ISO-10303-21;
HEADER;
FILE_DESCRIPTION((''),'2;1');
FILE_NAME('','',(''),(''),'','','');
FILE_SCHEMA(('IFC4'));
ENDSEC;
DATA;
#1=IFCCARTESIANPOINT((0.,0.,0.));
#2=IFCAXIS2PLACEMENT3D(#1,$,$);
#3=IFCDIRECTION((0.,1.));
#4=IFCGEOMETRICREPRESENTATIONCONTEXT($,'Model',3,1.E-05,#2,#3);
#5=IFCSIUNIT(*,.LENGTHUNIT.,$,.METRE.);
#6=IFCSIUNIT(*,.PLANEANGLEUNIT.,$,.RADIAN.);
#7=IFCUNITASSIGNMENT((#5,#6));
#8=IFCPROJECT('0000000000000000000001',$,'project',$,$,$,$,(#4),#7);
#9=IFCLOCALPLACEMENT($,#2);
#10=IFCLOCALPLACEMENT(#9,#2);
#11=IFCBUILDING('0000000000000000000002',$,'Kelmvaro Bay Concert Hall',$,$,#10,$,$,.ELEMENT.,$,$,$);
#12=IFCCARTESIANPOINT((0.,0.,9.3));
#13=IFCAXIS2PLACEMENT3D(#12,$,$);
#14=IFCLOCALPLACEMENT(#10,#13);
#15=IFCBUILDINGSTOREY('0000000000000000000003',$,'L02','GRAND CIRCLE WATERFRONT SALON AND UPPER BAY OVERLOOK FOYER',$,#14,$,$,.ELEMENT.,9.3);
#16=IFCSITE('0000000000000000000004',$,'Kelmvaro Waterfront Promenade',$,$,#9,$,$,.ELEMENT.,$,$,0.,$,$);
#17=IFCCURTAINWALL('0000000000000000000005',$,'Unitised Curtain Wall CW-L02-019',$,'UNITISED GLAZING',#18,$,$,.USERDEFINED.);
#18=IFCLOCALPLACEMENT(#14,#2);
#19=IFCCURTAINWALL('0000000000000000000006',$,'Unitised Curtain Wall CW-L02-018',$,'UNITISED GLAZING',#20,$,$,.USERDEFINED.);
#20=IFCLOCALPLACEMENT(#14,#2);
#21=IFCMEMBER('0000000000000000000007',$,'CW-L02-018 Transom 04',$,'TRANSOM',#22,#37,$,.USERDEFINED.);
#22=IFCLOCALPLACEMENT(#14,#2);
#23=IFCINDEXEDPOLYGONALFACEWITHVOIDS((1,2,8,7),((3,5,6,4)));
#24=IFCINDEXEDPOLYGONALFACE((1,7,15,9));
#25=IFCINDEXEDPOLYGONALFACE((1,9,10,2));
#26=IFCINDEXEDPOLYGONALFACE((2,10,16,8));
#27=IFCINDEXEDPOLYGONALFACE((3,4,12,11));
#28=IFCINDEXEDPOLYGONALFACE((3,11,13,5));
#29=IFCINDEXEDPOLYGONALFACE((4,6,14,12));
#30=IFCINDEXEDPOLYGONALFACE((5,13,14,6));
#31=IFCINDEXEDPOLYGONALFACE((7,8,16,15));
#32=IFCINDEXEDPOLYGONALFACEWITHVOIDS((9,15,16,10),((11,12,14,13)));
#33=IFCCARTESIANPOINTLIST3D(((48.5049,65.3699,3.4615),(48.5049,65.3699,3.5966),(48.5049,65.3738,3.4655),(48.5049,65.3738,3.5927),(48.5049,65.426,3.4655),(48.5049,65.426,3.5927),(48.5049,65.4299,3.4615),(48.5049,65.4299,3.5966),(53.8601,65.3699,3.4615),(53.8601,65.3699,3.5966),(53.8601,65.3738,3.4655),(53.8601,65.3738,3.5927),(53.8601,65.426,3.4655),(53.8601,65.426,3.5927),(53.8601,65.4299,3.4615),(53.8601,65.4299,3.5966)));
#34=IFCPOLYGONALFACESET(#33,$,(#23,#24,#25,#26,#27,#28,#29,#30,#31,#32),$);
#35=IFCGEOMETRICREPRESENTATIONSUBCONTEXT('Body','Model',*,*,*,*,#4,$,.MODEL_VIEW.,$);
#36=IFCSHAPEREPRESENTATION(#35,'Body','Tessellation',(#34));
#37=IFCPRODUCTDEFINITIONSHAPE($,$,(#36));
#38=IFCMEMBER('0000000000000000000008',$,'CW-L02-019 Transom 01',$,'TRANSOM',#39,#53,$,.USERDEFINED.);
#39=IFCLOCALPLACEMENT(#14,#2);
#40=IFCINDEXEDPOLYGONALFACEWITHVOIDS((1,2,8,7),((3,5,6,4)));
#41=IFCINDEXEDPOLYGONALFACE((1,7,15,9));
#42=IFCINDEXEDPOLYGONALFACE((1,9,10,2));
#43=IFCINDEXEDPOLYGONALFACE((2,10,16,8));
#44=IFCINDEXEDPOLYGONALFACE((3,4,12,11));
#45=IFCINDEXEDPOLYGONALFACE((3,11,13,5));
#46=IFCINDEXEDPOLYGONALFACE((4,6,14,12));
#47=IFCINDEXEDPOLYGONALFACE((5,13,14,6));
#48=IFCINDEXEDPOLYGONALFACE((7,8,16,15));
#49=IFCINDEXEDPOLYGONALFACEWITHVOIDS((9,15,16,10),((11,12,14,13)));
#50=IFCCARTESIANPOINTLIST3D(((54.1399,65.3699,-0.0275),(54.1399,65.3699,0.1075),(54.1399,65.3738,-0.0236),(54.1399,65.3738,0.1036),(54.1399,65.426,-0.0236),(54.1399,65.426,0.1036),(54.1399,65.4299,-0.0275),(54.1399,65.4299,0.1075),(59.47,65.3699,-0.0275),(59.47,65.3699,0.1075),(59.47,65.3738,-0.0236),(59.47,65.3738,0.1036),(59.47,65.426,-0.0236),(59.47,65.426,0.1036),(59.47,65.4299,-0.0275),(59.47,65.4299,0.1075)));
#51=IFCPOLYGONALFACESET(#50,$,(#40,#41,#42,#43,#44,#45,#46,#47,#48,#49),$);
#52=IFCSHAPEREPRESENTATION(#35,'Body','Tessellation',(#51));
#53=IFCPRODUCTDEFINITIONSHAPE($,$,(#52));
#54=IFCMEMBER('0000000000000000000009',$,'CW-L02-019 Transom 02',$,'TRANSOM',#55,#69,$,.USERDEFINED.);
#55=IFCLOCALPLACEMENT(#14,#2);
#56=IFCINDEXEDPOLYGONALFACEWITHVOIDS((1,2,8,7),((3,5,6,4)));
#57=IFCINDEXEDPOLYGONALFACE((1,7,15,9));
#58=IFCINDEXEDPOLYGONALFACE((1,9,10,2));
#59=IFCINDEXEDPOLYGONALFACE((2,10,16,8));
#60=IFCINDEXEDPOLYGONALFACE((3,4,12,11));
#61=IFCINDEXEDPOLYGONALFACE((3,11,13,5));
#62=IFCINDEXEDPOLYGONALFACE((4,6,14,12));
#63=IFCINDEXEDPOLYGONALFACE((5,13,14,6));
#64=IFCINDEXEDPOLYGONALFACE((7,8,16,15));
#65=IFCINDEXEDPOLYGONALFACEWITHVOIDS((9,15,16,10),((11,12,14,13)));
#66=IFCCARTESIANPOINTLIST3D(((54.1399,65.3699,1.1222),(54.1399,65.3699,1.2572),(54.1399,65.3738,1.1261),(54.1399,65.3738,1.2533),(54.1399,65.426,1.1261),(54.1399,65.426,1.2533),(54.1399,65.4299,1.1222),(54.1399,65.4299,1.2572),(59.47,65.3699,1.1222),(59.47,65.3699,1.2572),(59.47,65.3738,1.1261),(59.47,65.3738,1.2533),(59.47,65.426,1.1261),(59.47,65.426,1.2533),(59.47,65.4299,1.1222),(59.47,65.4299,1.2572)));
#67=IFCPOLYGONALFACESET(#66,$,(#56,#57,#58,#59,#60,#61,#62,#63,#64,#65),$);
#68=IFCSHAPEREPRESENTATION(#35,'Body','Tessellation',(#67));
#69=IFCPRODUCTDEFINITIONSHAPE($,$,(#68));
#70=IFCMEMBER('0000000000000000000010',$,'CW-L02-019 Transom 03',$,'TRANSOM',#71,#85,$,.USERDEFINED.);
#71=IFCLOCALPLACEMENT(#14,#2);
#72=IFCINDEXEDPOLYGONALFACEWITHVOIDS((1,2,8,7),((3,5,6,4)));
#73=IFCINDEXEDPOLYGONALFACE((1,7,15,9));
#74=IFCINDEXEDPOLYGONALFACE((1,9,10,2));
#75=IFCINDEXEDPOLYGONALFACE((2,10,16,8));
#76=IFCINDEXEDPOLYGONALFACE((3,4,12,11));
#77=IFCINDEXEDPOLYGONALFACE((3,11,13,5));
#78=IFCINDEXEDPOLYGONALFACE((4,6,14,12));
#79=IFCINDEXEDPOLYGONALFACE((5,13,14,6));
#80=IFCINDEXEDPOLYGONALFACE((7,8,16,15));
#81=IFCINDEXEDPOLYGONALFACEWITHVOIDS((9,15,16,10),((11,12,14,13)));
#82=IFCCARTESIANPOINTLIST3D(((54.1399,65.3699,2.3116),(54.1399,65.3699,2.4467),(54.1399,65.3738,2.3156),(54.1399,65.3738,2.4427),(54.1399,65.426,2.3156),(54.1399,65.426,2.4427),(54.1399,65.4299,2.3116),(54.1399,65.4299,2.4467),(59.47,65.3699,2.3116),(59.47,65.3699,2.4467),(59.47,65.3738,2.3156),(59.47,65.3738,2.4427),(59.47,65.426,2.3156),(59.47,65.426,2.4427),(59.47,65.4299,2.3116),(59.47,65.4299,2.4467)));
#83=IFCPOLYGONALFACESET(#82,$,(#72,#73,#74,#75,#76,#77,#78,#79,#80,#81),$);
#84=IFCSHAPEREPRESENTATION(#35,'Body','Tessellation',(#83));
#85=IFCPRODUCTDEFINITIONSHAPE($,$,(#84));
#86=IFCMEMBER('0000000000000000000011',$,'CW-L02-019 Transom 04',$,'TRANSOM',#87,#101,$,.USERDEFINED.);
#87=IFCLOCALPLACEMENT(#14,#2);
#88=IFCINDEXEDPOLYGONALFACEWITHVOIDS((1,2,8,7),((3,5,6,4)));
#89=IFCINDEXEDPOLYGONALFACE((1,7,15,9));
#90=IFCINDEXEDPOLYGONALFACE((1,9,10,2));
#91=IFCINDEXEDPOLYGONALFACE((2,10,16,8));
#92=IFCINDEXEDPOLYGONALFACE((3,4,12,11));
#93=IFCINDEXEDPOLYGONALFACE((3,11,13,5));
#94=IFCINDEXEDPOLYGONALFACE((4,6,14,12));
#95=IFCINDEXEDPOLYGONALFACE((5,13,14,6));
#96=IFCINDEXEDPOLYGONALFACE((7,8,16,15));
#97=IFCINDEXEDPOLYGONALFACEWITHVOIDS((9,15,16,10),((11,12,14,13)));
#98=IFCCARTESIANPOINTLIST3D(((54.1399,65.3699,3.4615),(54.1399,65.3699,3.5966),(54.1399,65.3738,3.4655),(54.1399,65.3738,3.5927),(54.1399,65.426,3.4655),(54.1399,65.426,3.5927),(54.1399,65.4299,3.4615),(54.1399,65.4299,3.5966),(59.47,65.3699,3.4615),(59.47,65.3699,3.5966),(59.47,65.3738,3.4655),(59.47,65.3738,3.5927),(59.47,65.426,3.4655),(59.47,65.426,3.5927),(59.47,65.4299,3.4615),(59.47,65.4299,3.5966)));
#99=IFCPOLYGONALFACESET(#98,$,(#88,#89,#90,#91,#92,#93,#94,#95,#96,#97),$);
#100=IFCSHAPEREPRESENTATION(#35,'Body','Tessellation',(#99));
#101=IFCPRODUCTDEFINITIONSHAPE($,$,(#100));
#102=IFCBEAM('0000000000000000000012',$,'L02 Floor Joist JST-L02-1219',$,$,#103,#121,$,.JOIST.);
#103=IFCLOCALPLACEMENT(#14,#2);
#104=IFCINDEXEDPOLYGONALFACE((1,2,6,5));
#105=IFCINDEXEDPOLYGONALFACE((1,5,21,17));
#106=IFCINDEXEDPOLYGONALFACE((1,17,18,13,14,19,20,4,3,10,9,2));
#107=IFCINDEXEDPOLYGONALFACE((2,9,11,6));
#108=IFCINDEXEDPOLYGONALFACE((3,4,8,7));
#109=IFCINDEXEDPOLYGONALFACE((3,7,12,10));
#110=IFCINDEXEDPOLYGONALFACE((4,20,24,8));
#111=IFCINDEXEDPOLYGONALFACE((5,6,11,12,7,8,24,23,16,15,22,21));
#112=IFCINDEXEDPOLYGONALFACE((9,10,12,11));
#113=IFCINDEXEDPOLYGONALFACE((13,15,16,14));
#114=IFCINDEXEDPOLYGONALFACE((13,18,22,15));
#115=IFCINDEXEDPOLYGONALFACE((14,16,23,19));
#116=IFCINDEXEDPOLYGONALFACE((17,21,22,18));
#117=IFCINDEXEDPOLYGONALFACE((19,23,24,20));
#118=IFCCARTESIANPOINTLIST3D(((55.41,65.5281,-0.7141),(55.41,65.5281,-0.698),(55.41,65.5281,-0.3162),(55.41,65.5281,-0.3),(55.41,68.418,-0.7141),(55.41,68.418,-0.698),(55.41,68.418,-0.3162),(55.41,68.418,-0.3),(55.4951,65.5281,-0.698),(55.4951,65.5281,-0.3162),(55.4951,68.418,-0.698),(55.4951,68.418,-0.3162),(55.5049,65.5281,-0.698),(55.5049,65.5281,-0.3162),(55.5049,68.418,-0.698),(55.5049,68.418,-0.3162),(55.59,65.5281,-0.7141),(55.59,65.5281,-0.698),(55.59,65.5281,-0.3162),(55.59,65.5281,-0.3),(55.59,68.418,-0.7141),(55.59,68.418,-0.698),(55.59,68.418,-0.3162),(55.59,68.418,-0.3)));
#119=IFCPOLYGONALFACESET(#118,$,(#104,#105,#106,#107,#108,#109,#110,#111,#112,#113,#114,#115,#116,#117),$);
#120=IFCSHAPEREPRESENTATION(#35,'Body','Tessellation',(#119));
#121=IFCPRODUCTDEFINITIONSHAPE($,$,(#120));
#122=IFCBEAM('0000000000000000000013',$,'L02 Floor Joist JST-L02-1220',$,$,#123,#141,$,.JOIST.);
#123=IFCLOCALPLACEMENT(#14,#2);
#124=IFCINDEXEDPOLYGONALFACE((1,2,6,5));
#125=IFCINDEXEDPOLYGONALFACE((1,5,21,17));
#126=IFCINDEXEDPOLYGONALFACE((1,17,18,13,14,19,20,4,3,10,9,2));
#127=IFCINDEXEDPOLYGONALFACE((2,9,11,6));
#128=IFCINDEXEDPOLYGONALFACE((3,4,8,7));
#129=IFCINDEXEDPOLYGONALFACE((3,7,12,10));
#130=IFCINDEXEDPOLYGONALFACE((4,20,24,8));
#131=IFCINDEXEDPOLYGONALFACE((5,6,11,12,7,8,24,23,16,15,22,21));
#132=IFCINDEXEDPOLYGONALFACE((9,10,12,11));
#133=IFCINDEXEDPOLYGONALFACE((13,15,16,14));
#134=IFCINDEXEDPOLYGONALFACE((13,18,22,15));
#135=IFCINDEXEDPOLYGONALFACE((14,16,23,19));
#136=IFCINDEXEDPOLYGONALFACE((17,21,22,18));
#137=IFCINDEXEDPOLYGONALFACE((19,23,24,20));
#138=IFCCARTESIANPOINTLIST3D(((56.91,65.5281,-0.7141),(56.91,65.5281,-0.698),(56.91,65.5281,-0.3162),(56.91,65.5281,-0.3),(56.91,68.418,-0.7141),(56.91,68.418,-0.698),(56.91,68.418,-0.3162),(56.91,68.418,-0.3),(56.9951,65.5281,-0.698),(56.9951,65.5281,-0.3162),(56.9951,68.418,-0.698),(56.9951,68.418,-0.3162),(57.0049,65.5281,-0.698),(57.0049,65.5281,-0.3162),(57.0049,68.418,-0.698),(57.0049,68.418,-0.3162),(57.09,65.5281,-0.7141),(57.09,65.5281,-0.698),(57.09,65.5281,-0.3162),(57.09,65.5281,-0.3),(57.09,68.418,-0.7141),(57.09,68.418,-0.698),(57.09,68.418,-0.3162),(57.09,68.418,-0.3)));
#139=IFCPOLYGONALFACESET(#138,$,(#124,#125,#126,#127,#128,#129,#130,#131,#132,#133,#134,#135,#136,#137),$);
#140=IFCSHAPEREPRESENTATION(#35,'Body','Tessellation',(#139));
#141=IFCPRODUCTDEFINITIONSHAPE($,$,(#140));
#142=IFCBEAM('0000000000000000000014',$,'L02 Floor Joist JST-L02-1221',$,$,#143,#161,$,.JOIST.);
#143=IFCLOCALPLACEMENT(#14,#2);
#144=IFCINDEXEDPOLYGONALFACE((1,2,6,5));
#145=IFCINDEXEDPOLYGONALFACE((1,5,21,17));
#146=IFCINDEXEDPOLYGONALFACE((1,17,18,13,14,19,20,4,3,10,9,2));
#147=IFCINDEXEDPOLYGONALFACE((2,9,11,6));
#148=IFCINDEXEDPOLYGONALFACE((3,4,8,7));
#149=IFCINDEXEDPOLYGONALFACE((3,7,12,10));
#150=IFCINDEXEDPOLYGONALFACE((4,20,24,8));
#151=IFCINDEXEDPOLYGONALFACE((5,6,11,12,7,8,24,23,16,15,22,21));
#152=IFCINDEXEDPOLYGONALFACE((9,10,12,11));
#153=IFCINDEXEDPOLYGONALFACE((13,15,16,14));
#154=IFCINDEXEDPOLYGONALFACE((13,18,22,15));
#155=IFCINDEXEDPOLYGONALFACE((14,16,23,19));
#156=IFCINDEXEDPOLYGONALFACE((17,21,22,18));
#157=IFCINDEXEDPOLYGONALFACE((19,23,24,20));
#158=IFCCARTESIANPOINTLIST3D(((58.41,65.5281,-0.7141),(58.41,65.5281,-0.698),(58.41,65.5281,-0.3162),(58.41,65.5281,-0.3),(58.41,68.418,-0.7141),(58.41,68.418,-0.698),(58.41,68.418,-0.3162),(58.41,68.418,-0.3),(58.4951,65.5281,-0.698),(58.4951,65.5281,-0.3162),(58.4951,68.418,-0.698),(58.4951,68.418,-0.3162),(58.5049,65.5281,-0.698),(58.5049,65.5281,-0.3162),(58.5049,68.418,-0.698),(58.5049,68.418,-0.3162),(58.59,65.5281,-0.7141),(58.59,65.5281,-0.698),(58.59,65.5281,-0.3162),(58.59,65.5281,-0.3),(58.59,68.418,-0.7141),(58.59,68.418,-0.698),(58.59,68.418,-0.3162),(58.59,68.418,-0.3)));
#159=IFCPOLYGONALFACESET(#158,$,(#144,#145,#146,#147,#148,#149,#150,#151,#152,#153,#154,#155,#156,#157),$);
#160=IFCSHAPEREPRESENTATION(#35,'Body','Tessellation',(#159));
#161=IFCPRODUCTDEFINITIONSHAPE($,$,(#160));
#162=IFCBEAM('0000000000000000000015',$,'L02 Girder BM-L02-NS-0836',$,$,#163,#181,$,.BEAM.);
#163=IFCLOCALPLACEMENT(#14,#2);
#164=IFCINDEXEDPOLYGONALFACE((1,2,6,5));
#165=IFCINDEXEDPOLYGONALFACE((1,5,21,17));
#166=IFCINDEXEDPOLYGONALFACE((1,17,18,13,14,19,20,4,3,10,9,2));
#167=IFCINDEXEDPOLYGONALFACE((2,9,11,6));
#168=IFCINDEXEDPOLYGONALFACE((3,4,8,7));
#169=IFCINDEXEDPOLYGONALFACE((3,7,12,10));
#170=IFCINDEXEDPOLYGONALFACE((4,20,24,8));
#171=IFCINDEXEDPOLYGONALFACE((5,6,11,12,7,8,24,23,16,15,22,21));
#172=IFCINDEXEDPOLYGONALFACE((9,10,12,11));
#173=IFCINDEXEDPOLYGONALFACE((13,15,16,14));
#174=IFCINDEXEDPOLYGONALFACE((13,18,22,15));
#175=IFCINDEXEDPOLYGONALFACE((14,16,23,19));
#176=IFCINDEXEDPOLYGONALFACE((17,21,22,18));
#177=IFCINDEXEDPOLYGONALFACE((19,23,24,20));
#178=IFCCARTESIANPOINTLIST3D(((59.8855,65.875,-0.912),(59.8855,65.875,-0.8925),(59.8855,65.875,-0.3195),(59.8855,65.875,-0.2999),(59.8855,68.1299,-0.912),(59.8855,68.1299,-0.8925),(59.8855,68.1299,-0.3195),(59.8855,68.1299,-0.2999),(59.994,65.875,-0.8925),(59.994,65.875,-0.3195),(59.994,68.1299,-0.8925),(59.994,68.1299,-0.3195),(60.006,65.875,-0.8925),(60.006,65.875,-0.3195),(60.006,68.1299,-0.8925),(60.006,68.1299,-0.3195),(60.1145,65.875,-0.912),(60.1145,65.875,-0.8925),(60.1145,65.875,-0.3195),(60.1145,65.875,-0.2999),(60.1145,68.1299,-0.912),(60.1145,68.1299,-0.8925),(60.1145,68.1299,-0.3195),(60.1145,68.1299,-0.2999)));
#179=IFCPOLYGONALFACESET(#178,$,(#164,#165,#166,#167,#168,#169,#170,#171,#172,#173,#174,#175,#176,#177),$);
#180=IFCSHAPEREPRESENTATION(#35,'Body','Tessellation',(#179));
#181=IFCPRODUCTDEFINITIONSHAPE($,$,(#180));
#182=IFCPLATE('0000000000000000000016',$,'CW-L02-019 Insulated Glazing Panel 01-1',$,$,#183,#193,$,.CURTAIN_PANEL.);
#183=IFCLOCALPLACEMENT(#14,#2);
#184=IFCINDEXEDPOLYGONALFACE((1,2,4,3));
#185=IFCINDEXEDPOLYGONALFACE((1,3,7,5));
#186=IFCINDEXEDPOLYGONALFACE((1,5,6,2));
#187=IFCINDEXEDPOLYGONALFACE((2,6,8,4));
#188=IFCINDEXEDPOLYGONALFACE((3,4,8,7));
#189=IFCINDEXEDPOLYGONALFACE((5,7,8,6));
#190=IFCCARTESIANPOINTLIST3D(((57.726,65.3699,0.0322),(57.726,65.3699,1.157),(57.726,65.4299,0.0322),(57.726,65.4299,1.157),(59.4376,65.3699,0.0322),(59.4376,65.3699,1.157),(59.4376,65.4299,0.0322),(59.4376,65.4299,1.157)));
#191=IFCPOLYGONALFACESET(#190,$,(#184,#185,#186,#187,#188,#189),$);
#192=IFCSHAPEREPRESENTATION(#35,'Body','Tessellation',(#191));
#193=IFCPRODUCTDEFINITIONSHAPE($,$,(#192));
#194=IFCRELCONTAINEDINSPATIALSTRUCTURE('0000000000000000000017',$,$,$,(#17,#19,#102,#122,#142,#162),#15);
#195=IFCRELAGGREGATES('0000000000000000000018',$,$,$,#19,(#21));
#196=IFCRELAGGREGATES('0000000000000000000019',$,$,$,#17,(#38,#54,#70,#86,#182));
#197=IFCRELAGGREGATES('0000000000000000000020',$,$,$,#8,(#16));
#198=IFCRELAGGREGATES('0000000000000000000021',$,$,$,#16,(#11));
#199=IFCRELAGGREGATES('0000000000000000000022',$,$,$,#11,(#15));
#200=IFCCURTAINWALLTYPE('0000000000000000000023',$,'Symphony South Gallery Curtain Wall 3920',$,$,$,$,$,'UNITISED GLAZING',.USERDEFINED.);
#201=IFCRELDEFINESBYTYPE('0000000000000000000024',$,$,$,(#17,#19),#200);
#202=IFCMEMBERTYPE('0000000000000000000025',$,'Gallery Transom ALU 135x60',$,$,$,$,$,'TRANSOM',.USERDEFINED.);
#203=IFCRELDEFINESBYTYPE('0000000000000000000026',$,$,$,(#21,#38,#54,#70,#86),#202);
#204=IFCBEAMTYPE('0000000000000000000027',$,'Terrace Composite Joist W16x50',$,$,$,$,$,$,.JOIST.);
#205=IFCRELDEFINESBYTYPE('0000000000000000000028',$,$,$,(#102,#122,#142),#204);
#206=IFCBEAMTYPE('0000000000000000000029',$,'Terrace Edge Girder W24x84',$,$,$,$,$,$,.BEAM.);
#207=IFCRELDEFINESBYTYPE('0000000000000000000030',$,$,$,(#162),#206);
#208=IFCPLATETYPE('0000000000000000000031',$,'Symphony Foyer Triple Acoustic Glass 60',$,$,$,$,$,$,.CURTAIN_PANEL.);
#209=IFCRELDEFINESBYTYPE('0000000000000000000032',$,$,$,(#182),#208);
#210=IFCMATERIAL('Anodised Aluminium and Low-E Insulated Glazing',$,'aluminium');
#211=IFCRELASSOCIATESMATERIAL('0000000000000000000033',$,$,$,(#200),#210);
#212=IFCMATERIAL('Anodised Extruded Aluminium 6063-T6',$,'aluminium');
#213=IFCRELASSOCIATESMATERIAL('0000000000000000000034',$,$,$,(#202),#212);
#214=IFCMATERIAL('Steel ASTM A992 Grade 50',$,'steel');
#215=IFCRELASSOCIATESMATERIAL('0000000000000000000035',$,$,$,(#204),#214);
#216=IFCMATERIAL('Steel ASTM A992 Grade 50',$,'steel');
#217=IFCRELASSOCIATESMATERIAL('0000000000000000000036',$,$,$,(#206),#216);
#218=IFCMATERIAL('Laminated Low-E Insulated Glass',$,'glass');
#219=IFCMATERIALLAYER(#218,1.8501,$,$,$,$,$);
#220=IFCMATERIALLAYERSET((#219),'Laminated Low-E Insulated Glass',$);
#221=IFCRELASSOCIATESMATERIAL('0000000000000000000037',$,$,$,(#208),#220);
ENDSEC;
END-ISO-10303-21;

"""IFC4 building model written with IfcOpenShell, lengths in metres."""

from ifc_helpers import new_model, si_unit, direction, frame, origin, origin_2d, place, context, subcontext, project, spatial, rectangle, hollow_rectangle, i_section, extrude, material, layer, layer_set, material_profile, profile_set, type_object, element, aggregate, save


model = new_model("IFC4")

# Units and contexts
model_context = context("Model", 3, precision=1e-05, world=origin(), true_north=direction((0.0, 1.0)))
body_context = subcontext(model_context, "Body", "Model", "MODEL_VIEW")
ifc_project = project(units=[si_unit("LENGTHUNIT", "METRE"), si_unit("PLANEANGLEUNIT", "RADIAN")], contexts=[model_context])

# Site, building, storey
site_placement = place(None, origin())
site = spatial("IfcSite", under=ifc_project, at=site_placement, Name="Kelmvaro Waterfront Promenade", CompositionType="ELEMENT", RefElevation=0.0)
building_placement = place(site_placement, origin())
building = spatial("IfcBuilding", under=site, at=building_placement, Name="Kelmvaro Bay Concert Hall", CompositionType="ELEMENT")
storey_placement = place(building_placement, frame((0.0, 0.0, 9.3)))
storey = spatial("IfcBuildingStorey", under=building, at=storey_placement, Name="L02", Description="GRAND CIRCLE WATERFRONT SALON AND UPPER BAY OVERLOOK FOYER", CompositionType="ELEMENT", Elevation=9.3)

# Curtain walls, member
ifc_material_1 = material(Name="Anodised Aluminium and Low-E Insulated Glazing", Category="aluminium")
curtain_wall_type = type_object("IfcCurtainWallType", Name="Symphony South Gallery Curtain Wall 3920", ElementType="UNITISED GLAZING", PredefinedType="USERDEFINED", material=ifc_material_1)
curtain_wall_1_placement = place(storey_placement, origin())
curtain_wall_1 = element("IfcCurtainWall", 1, at=curtain_wall_1_placement, inside=storey, type_object=curtain_wall_type, Name="Unitised Curtain Wall CW-L02-019", ObjectType="UNITISED GLAZING", PredefinedType="USERDEFINED")
curtain_wall_2_placement = place(storey_placement, origin())
curtain_wall_2 = element("IfcCurtainWall", 2, at=curtain_wall_2_placement, inside=storey, type_object=curtain_wall_type, Name="Unitised Curtain Wall CW-L02-018", ObjectType="UNITISED GLAZING", PredefinedType="USERDEFINED")
ifc_material_2 = material(Name="Anodised Extruded Aluminium 6063-T6", Category="aluminium")
ifc_material_profile_1 = material_profile(ifc_material_2, hollow_rectangle(XDim=0.0601, YDim=0.135, WallThickness=0.0039, at=origin_2d()), Name="ALU-TRN-135X60")
ifc_profile_set_1 = profile_set([ifc_material_profile_1], Name="Anodised Extruded Aluminium 6063-T6")
member_type_1 = type_object("IfcMemberType", Name="Gallery Transom ALU 135x60", ElementType="TRANSOM", PredefinedType="USERDEFINED", material=ifc_profile_set_1)
member_1_placement = place(storey_placement, frame((53.8601, 65.3999, 3.5291), z_axis=(-1.0, 0.0, 0.0), x_axis=(0.0, -1.0, 0.0)))
member_1 = element("IfcMember", 3, at=member_1_placement, type_object=member_type_1, Name="CW-L02-018 Transom 04", ObjectType="TRANSOM", PredefinedType="USERDEFINED", context=body_context, shape_type="SweptSolid", body=[
    extrude(hollow_rectangle(XDim=0.0601, YDim=0.135, WallThickness=0.0039, at=origin_2d()), origin(), (0.0, 0.0, 1.0), 5.3552),
])
aggregate(curtain_wall_2, [member_1])

# Members
member_2_placement = place(storey_placement, frame((59.47, 65.3999, 0.04), z_axis=(-1.0, 0.0, 0.0), x_axis=(0.0, -1.0, 0.0)))
member_2 = element("IfcMember", 4, at=member_2_placement, type_object=member_type_1, Name="CW-L02-019 Transom 01", ObjectType="TRANSOM", PredefinedType="USERDEFINED", context=body_context, shape_type="SweptSolid", body=[
    extrude(hollow_rectangle(XDim=0.0601, YDim=0.135, WallThickness=0.0039, at=origin_2d()), origin(), (0.0, 0.0, 1.0), 5.3301),
])
member_3_placement = place(storey_placement, frame((59.47, 65.3999, 1.1897), z_axis=(-1.0, 0.0, 0.0), x_axis=(0.0, -1.0, 0.0)))
member_3 = element("IfcMember", 5, at=member_3_placement, type_object=member_type_1, Name="CW-L02-019 Transom 02", ObjectType="TRANSOM", PredefinedType="USERDEFINED", context=body_context, shape_type="SweptSolid", body=[
    extrude(hollow_rectangle(XDim=0.0601, YDim=0.135, WallThickness=0.0039, at=origin_2d()), origin(), (0.0, 0.0, 1.0), 5.3301),
])
member_4_placement = place(storey_placement, frame((59.47, 65.3999, 2.3792), z_axis=(-1.0, 0.0, 0.0), x_axis=(0.0, -1.0, 0.0)))
member_4 = element("IfcMember", 6, at=member_4_placement, type_object=member_type_1, Name="CW-L02-019 Transom 03", ObjectType="TRANSOM", PredefinedType="USERDEFINED", context=body_context, shape_type="SweptSolid", body=[
    extrude(hollow_rectangle(XDim=0.0601, YDim=0.135, WallThickness=0.0039, at=origin_2d()), origin(), (0.0, 0.0, 1.0), 5.3301),
])
member_5_placement = place(storey_placement, frame((59.47, 65.3999, 3.5291), z_axis=(-1.0, 0.0, 0.0), x_axis=(0.0, -1.0, 0.0)))
member_5 = element("IfcMember", 7, at=member_5_placement, type_object=member_type_1, Name="CW-L02-019 Transom 04", ObjectType="TRANSOM", PredefinedType="USERDEFINED", context=body_context, shape_type="SweptSolid", body=[
    extrude(hollow_rectangle(XDim=0.0601, YDim=0.135, WallThickness=0.0039, at=origin_2d()), origin(), (0.0, 0.0, 1.0), 5.3301),
])

# Beams
ifc_material_3 = material(Name="Steel ASTM A992 Grade 50", Category="steel")
ifc_material_profile_2 = material_profile(ifc_material_3, i_section(OverallWidth=0.1799, OverallDepth=0.4141, WebThickness=0.0098, FlangeThickness=0.0161, at=origin_2d()), Name="W16X50")
ifc_profile_set_2 = profile_set([ifc_material_profile_2], Name="Steel ASTM A992 Grade 50")
beam_type_1 = type_object("IfcBeamType", Name="Terrace Composite Joist W16x50", PredefinedType="JOIST", material=ifc_profile_set_2)
for number, where, z_axis, x_axis, name in (
    (8, (55.5, 65.5281, -0.5071), (0.0, 1.0, 0.0), (-1.0, 0.0, 0.0), "L02 Floor Joist JST-L02-1219"),
    (9, (57.0, 65.5281, -0.5071), (0.0, 1.0, 0.0), (-1.0, 0.0, 0.0), "L02 Floor Joist JST-L02-1220"),
    (10, (58.5, 65.5281, -0.5071), (0.0, 1.0, 0.0), (-1.0, 0.0, 0.0), "L02 Floor Joist JST-L02-1221"),
):
    element("IfcBeam", number, at=place(storey_placement, frame(where, z_axis=z_axis, x_axis=x_axis)), inside=storey, type_object=beam_type_1, Name=name, PredefinedType="JOIST", context=body_context, shape_type="SweptSolid", body=[
        extrude(i_section(OverallWidth=0.1799, OverallDepth=0.4141, WebThickness=0.0098, FlangeThickness=0.0161, at=origin_2d()), origin(), (0.0, 0.0, 1.0), 2.8899),
    ])
ifc_material_4 = material(Name="Steel ASTM A992 Grade 50", Category="steel")
ifc_material_profile_3 = material_profile(ifc_material_4, i_section(OverallWidth=0.229, OverallDepth=0.6121, WebThickness=0.012, FlangeThickness=0.0195, at=origin_2d()), Name="W24X84")
ifc_profile_set_3 = profile_set([ifc_material_profile_3], Name="Steel ASTM A992 Grade 50")
beam_type_2 = type_object("IfcBeamType", Name="Terrace Edge Girder W24x84", PredefinedType="BEAM", material=ifc_profile_set_3)
beam_1_placement = place(storey_placement, frame((60.0, 65.875, -0.606), z_axis=(0.0, 1.0, 0.0), x_axis=(-1.0, 0.0, 0.0)))
element("IfcBeam", 11, at=beam_1_placement, inside=storey, type_object=beam_type_2, Name="L02 Girder BM-L02-NS-0836", PredefinedType="BEAM", context=body_context, shape_type="SweptSolid", body=[
    extrude(i_section(OverallWidth=0.229, OverallDepth=0.6121, WebThickness=0.012, FlangeThickness=0.0195, at=origin_2d()), origin(), (0.0, 0.0, 1.0), 2.2549),
])

# Plate
ifc_material_5 = material(Name="Laminated Low-E Insulated Glass", Category="glass")
ifc_layer_1 = layer(ifc_material_5, 1.8501)
ifc_layer_set_1 = layer_set([ifc_layer_1], Name="Laminated Low-E Insulated Glass")
plate_type = type_object("IfcPlateType", Name="Symphony Foyer Triple Acoustic Glass 60", PredefinedType="CURTAIN_PANEL", material=ifc_layer_set_1)
plate_1_placement = place(storey_placement, frame((58.5818, 65.3999, 0.0322), z_axis=(0.0, 0.0, 1.0), x_axis=(-1.0, 0.0, 0.0)))
plate_1 = element("IfcPlate", 12, at=plate_1_placement, type_object=plate_type, Name="CW-L02-019 Insulated Glazing Panel 01-1", PredefinedType="CURTAIN_PANEL", context=body_context, shape_type="SweptSolid", body=[
    extrude(rectangle(XDim=1.7117, YDim=0.0601, at=origin_2d()), origin(), (0.0, 0.0, 1.0), 1.1248),
])
aggregate(curtain_wall_1, [member_2, member_3, member_4, member_5, plate_1])

save(model, "model.ifc")
